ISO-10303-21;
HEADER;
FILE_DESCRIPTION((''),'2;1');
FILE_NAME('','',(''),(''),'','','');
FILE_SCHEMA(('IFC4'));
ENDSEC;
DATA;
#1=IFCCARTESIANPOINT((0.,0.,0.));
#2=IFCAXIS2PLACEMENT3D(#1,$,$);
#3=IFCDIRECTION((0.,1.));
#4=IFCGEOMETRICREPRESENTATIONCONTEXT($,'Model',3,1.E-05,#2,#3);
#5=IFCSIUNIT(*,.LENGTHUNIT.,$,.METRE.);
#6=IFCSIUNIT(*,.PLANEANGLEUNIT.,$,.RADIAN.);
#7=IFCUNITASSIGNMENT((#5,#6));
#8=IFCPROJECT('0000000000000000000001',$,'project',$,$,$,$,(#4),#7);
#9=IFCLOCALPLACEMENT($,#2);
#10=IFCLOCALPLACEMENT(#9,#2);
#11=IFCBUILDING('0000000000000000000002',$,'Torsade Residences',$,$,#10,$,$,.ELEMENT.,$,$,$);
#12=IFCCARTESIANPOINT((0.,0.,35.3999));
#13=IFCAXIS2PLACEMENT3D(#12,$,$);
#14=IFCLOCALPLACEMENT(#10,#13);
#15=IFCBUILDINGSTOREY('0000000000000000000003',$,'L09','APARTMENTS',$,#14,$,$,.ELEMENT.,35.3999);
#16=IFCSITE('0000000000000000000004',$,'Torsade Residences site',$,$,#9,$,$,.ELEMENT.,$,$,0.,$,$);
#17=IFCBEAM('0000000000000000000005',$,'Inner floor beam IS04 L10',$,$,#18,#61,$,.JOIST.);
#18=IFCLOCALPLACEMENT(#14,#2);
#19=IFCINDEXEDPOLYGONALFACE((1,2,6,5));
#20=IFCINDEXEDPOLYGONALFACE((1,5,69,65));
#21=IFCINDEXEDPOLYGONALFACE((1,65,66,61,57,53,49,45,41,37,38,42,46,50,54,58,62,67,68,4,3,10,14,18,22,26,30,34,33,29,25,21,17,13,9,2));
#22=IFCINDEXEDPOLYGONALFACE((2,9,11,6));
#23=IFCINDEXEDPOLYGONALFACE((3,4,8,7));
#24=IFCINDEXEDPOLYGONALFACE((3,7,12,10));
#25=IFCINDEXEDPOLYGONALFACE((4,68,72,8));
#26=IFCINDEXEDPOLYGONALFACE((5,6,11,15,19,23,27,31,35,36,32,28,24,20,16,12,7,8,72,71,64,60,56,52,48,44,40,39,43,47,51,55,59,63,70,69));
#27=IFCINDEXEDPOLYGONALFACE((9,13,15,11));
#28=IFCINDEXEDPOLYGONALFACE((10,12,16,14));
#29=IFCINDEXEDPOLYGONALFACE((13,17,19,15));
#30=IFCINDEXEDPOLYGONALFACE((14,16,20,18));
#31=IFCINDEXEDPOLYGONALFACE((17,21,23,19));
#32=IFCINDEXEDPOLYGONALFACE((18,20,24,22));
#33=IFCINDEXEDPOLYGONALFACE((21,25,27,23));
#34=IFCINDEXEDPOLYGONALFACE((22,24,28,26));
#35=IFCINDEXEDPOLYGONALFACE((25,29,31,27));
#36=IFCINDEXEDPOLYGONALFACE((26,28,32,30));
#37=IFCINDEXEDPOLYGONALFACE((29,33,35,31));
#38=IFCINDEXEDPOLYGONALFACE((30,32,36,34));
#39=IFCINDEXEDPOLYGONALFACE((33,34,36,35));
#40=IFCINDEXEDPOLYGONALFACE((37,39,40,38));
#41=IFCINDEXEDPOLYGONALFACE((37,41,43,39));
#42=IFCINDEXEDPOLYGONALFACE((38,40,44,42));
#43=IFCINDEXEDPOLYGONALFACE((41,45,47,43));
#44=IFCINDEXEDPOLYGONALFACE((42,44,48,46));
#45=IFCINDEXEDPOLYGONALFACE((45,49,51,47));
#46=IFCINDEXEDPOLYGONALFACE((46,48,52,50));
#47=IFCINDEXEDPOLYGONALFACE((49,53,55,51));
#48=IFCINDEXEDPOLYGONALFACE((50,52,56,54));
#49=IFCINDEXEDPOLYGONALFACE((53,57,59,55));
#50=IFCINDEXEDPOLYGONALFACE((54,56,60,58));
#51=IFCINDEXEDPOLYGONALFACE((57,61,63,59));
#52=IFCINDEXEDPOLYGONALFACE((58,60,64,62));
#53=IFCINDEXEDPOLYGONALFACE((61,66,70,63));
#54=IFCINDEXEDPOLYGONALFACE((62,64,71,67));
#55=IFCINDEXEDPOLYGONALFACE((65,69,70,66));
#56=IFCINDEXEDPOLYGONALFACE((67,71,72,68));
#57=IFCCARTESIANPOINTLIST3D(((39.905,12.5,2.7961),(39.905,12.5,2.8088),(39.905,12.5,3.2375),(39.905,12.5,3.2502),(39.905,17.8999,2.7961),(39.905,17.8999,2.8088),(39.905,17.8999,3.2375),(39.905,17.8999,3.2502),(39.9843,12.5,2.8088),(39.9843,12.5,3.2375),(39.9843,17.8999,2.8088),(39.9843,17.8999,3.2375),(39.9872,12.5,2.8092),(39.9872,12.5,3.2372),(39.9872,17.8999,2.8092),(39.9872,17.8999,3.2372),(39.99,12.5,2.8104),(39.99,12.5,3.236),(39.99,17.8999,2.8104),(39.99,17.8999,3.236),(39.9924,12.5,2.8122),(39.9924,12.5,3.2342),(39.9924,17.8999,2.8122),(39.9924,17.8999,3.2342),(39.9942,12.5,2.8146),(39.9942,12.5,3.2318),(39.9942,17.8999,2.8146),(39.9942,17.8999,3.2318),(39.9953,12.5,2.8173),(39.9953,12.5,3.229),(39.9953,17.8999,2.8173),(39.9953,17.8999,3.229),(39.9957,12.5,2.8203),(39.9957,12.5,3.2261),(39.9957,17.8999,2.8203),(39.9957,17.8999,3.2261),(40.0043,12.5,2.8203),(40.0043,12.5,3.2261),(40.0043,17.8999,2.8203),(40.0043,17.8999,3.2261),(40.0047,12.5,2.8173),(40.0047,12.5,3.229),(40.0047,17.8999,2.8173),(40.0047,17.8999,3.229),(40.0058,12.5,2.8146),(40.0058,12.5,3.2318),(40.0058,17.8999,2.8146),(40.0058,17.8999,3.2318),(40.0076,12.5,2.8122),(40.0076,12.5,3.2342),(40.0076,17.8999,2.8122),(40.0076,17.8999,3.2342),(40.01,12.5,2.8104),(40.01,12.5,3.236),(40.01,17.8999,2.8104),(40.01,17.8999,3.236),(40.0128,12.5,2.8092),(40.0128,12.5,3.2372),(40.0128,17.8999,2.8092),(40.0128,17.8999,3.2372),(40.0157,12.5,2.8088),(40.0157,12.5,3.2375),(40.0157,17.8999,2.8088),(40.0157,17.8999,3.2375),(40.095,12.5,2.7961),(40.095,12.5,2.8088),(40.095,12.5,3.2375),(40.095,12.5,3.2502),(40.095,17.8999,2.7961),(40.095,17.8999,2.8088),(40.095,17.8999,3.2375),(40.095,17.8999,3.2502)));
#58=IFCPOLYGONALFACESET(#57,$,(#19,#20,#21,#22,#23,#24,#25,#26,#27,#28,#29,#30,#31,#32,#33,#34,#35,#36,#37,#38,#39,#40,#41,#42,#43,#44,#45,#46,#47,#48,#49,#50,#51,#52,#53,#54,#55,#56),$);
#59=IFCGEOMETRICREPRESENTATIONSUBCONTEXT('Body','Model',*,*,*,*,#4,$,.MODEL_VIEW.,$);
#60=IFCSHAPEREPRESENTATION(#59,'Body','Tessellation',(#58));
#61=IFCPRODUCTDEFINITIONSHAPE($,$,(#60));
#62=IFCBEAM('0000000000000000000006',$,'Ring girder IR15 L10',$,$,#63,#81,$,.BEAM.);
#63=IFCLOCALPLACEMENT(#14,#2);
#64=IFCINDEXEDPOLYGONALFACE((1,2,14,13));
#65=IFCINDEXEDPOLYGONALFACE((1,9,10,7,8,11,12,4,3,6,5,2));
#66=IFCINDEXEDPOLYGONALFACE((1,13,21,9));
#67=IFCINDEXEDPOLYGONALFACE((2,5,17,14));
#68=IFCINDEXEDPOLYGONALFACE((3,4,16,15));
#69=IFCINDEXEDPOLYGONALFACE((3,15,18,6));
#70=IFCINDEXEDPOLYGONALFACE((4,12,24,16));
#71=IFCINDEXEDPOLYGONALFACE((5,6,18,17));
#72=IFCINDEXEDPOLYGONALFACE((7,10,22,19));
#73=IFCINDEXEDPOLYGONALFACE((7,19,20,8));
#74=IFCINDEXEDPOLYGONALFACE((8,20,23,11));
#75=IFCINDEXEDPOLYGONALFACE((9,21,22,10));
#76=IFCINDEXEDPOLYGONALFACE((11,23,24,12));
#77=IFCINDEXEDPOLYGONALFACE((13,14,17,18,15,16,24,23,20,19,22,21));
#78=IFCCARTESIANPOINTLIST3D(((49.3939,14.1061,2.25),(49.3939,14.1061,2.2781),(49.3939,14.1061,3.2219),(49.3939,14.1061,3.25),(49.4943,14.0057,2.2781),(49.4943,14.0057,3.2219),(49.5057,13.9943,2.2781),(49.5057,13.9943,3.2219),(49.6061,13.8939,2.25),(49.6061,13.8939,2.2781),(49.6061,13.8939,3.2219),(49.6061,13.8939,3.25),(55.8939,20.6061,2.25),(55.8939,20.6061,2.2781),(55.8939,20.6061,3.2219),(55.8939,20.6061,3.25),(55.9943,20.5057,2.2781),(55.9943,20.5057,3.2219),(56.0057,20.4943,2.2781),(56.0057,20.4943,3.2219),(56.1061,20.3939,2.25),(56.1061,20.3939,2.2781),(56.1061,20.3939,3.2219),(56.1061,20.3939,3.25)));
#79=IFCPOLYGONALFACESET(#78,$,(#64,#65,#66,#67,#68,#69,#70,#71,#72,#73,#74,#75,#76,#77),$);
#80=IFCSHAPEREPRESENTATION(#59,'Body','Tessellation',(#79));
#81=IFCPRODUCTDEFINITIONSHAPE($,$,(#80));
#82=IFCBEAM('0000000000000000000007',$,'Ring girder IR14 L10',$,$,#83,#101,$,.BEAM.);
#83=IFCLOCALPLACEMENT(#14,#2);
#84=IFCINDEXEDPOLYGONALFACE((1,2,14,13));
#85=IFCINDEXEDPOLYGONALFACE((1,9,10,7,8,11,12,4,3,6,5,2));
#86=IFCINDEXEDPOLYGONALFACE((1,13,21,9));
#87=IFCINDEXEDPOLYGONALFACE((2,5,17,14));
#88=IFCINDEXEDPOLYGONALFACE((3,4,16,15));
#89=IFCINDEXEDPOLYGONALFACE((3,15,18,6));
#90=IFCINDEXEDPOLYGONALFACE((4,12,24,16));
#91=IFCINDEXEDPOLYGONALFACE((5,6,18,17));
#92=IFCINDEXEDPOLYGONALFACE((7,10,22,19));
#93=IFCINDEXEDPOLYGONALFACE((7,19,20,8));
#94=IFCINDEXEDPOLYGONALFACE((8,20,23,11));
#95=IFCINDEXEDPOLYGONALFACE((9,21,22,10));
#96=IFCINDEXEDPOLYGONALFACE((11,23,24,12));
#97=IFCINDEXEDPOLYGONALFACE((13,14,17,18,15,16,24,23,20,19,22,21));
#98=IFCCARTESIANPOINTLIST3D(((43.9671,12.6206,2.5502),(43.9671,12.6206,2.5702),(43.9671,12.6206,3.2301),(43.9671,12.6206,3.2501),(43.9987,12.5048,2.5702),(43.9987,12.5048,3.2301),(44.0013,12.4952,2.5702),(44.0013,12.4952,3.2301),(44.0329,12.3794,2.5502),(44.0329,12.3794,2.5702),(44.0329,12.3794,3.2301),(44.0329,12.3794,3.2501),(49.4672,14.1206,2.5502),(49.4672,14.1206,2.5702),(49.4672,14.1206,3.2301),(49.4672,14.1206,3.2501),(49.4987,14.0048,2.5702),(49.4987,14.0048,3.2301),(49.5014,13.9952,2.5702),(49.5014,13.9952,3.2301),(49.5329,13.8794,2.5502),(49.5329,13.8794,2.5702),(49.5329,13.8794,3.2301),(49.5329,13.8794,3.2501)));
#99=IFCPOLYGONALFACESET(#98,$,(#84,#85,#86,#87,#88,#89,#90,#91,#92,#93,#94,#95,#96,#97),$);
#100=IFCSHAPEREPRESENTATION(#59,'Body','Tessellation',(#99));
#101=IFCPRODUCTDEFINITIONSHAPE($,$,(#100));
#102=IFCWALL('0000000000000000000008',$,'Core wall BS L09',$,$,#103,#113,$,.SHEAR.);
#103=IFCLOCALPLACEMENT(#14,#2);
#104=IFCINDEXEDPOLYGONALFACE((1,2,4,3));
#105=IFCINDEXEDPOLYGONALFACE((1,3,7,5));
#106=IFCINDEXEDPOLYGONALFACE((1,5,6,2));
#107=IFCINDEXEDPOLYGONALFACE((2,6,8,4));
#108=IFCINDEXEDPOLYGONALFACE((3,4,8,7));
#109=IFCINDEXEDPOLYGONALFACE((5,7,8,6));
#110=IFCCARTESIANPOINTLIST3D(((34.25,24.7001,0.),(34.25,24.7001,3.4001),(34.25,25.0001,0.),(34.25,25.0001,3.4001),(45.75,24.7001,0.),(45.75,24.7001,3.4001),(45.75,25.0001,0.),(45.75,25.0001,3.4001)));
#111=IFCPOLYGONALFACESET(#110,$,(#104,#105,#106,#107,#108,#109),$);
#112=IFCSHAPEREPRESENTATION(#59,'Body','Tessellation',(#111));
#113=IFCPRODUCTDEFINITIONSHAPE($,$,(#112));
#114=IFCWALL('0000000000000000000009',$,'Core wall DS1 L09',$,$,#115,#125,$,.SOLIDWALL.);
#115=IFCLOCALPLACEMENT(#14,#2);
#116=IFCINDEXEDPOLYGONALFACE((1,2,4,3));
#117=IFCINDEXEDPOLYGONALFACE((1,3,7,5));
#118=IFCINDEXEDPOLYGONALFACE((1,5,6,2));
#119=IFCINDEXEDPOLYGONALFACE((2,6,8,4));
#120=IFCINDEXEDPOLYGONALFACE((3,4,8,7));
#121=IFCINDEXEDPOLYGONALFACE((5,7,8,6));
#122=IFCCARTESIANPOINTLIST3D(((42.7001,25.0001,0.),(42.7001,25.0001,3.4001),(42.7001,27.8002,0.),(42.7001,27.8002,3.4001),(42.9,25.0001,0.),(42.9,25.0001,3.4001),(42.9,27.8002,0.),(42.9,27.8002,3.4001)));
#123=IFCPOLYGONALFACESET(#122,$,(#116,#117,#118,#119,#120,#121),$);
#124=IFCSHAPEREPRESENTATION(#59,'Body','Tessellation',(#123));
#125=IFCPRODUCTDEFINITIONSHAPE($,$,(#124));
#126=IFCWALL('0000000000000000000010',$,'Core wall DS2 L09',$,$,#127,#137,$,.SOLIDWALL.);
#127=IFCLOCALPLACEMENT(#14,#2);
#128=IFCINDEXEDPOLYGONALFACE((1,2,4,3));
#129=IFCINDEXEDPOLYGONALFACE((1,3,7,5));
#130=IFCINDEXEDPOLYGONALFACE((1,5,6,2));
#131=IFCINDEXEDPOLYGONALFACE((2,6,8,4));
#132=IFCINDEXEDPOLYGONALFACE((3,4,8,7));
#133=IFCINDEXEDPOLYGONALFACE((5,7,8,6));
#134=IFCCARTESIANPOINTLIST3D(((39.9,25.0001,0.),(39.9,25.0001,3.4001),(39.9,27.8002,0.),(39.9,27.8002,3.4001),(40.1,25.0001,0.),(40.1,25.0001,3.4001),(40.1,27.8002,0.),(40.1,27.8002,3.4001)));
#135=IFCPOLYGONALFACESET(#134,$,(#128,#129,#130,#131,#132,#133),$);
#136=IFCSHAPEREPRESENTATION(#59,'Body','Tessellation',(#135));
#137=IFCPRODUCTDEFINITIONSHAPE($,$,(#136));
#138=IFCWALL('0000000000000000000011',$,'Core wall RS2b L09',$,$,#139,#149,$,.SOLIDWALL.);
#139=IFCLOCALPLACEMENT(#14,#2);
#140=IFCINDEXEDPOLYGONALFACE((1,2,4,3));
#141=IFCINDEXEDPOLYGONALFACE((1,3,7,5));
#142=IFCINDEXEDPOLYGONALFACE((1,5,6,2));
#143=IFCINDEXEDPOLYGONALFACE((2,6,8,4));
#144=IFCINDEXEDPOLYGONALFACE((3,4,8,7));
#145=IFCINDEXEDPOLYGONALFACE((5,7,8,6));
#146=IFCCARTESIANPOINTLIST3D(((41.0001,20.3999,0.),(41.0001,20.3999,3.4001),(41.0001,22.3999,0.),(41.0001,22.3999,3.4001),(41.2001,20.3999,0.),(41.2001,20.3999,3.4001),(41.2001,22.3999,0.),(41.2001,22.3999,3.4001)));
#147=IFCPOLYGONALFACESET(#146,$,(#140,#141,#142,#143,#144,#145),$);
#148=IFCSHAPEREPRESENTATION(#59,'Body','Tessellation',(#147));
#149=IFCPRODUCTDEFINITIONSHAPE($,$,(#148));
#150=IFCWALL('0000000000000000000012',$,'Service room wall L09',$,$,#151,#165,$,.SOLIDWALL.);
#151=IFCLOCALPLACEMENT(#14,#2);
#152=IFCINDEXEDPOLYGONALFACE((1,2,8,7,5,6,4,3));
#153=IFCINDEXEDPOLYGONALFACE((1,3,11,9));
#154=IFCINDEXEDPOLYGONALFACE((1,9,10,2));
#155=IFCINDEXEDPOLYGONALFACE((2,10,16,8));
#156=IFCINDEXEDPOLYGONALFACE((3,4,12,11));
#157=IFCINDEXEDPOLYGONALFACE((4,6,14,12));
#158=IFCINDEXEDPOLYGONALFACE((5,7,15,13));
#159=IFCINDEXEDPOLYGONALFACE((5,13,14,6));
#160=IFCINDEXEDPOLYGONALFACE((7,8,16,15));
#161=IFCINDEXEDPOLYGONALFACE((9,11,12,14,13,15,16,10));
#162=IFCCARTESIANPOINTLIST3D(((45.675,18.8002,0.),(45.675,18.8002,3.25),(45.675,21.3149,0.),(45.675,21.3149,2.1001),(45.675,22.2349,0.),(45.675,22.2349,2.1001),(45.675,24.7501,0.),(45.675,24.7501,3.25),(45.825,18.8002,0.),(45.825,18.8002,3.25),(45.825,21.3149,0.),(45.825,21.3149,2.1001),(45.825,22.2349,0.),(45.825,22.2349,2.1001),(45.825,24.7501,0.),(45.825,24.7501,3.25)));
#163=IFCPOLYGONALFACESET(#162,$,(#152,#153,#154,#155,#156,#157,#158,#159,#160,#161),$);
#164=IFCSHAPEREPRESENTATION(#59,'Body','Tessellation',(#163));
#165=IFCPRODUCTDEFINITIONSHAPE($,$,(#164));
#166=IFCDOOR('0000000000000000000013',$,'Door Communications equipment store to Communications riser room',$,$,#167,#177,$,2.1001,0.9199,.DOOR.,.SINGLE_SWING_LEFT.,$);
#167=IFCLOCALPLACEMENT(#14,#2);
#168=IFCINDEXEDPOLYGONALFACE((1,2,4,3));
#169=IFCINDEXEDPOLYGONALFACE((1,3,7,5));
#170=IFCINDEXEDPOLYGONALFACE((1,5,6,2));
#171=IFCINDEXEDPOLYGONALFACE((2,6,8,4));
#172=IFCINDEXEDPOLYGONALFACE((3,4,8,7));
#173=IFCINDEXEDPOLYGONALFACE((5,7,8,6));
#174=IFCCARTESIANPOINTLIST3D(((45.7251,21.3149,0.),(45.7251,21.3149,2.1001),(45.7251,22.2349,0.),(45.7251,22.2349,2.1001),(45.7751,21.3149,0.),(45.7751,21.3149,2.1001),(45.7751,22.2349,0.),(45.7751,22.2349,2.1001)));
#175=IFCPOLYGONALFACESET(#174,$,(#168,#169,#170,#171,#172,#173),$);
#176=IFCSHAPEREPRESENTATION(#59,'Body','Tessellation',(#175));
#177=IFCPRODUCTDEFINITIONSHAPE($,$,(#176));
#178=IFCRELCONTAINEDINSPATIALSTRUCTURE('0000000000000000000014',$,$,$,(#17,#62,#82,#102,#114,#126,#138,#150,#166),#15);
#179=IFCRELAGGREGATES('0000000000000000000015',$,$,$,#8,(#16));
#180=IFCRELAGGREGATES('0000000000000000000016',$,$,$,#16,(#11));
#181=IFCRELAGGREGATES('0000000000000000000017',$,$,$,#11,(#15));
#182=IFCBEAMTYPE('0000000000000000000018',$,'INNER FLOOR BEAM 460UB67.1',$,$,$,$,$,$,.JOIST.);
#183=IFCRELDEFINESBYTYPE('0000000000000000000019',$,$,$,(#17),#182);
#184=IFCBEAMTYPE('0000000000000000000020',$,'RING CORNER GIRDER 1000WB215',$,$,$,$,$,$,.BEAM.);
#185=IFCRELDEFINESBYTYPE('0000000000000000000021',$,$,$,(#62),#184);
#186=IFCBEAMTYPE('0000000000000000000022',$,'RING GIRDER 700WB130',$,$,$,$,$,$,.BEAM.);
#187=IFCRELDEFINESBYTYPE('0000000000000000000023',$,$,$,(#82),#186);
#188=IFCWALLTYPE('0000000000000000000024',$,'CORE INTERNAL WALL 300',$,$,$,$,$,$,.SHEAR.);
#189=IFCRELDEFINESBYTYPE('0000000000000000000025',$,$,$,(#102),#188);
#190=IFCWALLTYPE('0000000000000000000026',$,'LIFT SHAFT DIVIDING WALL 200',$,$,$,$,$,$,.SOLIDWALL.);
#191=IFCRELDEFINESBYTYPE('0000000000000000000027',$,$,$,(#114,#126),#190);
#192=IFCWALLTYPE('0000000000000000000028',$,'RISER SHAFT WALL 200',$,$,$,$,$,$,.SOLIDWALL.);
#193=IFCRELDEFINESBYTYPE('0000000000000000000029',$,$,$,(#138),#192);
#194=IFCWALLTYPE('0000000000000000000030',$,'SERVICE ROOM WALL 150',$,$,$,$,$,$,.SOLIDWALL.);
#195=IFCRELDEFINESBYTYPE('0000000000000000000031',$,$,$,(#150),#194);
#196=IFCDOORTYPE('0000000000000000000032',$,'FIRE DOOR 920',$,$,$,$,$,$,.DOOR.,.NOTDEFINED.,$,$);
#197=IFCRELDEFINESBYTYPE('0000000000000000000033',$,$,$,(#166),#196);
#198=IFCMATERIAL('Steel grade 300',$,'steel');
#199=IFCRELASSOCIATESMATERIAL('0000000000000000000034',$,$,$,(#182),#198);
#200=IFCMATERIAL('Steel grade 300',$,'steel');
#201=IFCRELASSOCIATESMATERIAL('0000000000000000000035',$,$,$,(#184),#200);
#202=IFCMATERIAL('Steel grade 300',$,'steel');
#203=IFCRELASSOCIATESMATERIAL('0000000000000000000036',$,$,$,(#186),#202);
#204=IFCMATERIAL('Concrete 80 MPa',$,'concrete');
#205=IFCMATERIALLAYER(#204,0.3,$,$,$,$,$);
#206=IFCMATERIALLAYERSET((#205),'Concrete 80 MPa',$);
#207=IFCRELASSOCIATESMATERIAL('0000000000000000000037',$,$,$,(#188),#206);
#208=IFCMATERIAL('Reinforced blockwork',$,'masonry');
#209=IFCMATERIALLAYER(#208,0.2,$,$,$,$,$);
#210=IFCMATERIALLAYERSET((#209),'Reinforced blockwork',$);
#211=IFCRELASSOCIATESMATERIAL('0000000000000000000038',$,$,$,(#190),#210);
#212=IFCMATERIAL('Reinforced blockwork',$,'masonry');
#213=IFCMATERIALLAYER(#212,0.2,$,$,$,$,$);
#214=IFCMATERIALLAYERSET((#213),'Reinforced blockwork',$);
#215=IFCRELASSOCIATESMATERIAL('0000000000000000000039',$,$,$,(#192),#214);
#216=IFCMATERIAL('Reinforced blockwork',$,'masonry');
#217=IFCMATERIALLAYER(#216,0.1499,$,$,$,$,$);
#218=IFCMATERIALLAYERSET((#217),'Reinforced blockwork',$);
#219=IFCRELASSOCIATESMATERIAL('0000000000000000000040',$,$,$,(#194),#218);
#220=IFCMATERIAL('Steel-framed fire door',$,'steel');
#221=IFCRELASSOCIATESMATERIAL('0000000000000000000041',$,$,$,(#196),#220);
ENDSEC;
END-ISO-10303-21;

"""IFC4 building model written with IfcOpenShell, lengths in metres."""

from ifc_helpers import new_model, si_unit, direction, frame, frame_2d, origin, origin_2d, place, context, subcontext, project, spatial, rectangle, i_section, extrude, material, layer, layer_set, material_profile, profile_set, type_object, element, fill, save


model = new_model("IFC4")

# Units and contexts
model_context = context("Model", 3, precision=1e-05, world=origin(), true_north=direction((0.0, 1.0)))
body_context = subcontext(model_context, "Body", "Model", "MODEL_VIEW")
ifc_project = project(units=[si_unit("LENGTHUNIT", "METRE"), si_unit("PLANEANGLEUNIT", "RADIAN")], contexts=[model_context])

# Site, building, storey
site_placement = place(None, origin())
site = spatial("IfcSite", under=ifc_project, at=site_placement, Name="Torsade Residences site", CompositionType="ELEMENT", RefElevation=0.0)
building_placement = place(site_placement, origin())
building = spatial("IfcBuilding", under=site, at=building_placement, Name="Torsade Residences", CompositionType="ELEMENT")
storey_placement = place(building_placement, frame((0.0, 0.0, 35.3999)))
storey = spatial("IfcBuildingStorey", under=building, at=storey_placement, Name="L09", Description="APARTMENTS", CompositionType="ELEMENT", Elevation=35.3999)

# Beams
ifc_material_1 = material(Name="Steel grade 300", Category="steel")
ifc_material_profile_1 = material_profile(ifc_material_1, i_section(OverallWidth=0.1899, OverallDepth=0.4541, WebThickness=0.0085, FlangeThickness=0.0127, FilletRadius=0.0115, at=origin_2d()), Name="460UB67.1")
ifc_profile_set_1 = profile_set([ifc_material_profile_1], Name="Steel grade 300")
beam_type_1 = type_object("IfcBeamType", Name="INNER FLOOR BEAM 460UB67.1", PredefinedType="JOIST", material=ifc_profile_set_1)
for number, where, z_axis, x_axis, name in (
    (1, (40.0, 17.8999, 3.0232), (0.0, -1.0, 0.0), (1.0, 0.0, 0.0), "Inner floor beam IS04 L10"),
):
    element("IfcBeam", number, at=place(storey_placement, frame(where, z_axis=z_axis, x_axis=x_axis)), inside=storey, type_object=beam_type_1, Name=name, PredefinedType="JOIST", context=body_context, shape_type="SweptSolid", body=[
        extrude(i_section(OverallWidth=0.1899, OverallDepth=0.4541, WebThickness=0.0085, FlangeThickness=0.0127, FilletRadius=0.0115, at=origin_2d()), origin(), (0.0, 0.0, 1.0), 5.3999),
    ])
ifc_material_2 = material(Name="Steel grade 300", Category="steel")
ifc_material_profile_2 = material_profile(ifc_material_2, i_section(OverallWidth=0.3, OverallDepth=1.0, WebThickness=0.0161, FlangeThickness=0.0281, at=origin_2d()), Name="1000WB215")
ifc_profile_set_2 = profile_set([ifc_material_profile_2], Name="Steel grade 300")
beam_type_2 = type_object("IfcBeamType", Name="RING CORNER GIRDER 1000WB215", PredefinedType="BEAM", material=ifc_profile_set_2)
beam_1_placement = place(storey_placement, frame((49.5, 14.0, 2.75), z_axis=(0.707107, 0.707107, 0.0), x_axis=(-0.707107, 0.707107, 0.0)))
element("IfcBeam", 2, at=beam_1_placement, inside=storey, type_object=beam_type_2, Name="Ring girder IR15 L10", PredefinedType="BEAM", context=body_context, shape_type="SweptSolid", body=[
    extrude(i_section(OverallWidth=0.3, OverallDepth=1.0, WebThickness=0.0161, FlangeThickness=0.0281, at=origin_2d()), origin(), (0.0, 0.0, 1.0), 9.1924),
])
ifc_material_3 = material(Name="Steel grade 300", Category="steel")
ifc_material_profile_3 = material_profile(ifc_material_3, i_section(OverallWidth=0.25, OverallDepth=0.7, WebThickness=0.01, FlangeThickness=0.02, at=origin_2d()), Name="700WB130")
ifc_profile_set_3 = profile_set([ifc_material_profile_3], Name="Steel grade 300")
beam_type_3 = type_object("IfcBeamType", Name="RING GIRDER 700WB130", PredefinedType="BEAM", material=ifc_profile_set_3)
beam_2_placement = place(storey_placement, frame((44.0, 12.5, 2.9001), z_axis=(0.964764, 0.263117, 0.0), x_axis=(-0.263117, 0.964764, 0.0)))
element("IfcBeam", 3, at=beam_2_placement, inside=storey, type_object=beam_type_3, Name="Ring girder IR14 L10", PredefinedType="BEAM", context=body_context, shape_type="SweptSolid", body=[
    extrude(i_section(OverallWidth=0.25, OverallDepth=0.7, WebThickness=0.01, FlangeThickness=0.02, at=origin_2d()), origin(), (0.0, 0.0, 1.0), 5.7009),
])

# Walls
ifc_material_4 = material(Name="Concrete 80 MPa", Category="concrete")
ifc_layer_1 = layer(ifc_material_4, 0.3)
ifc_layer_set_1 = layer_set([ifc_layer_1], Name="Concrete 80 MPa")
wall_type_1 = type_object("IfcWallType", Name="CORE INTERNAL WALL 300", PredefinedType="SHEAR", material=ifc_layer_set_1)
wall_1_placement = place(storey_placement, frame((45.75, 24.8501, 0.0), z_axis=(0.0, 0.0, 1.0), x_axis=(-1.0, 0.0, 0.0)))
element("IfcWall", 4, at=wall_1_placement, inside=storey, type_object=wall_type_1, Name="Core wall BS L09", PredefinedType="SHEAR", context=body_context, shape_type="SweptSolid", body=[
    extrude(rectangle(XDim=11.5, YDim=0.3, at=frame_2d((5.75, 0.0))), origin(), (0.0, 0.0, 1.0), 3.4001),
])
ifc_material_5 = material(Name="Reinforced blockwork", Category="masonry")
ifc_layer_2 = layer(ifc_material_5, 0.2)
ifc_layer_set_2 = layer_set([ifc_layer_2], Name="Reinforced blockwork")
wall_type_2 = type_object("IfcWallType", Name="LIFT SHAFT DIVIDING WALL 200", PredefinedType="SOLIDWALL", material=ifc_layer_set_2)
for number, where, z_axis, x_axis, name in (
    (5, (42.8, 27.8, 0.0), (0.0, 0.0, 1.0), (0.0, -1.0, 0.0), "Core wall DS1 L09"),
    (6, (40.0, 27.8, 0.0), (0.0, 0.0, 1.0), (0.0, -1.0, 0.0), "Core wall DS2 L09"),
):
    element("IfcWall", number, at=place(storey_placement, frame(where, z_axis=z_axis, x_axis=x_axis)), inside=storey, type_object=wall_type_2, Name=name, PredefinedType="SOLIDWALL", context=body_context, shape_type="SweptSolid", body=[
        extrude(rectangle(XDim=2.8, YDim=0.2, at=frame_2d((1.3999, 0.0))), origin(), (0.0, 0.0, 1.0), 3.4001),
    ])
ifc_material_6 = material(Name="Reinforced blockwork", Category="masonry")
ifc_layer_3 = layer(ifc_material_6, 0.2)
ifc_layer_set_3 = layer_set([ifc_layer_3], Name="Reinforced blockwork")
wall_type_3 = type_object("IfcWallType", Name="RISER SHAFT WALL 200", PredefinedType="SOLIDWALL", material=ifc_layer_set_3)
wall_2_placement = place(storey_placement, frame((41.1001, 22.3999, 0.0), z_axis=(0.0, 0.0, 1.0), x_axis=(0.0, -1.0, 0.0)))
element("IfcWall", 7, at=wall_2_placement, inside=storey, type_object=wall_type_3, Name="Core wall RS2b L09", PredefinedType="SOLIDWALL", context=body_context, shape_type="SweptSolid", body=[
    extrude(rectangle(XDim=2.0, YDim=0.2, at=frame_2d((1.0, 0.0))), origin(), (0.0, 0.0, 1.0), 3.4001),
])

# Wall, opening, door
ifc_material_7 = material(Name="Reinforced blockwork", Category="masonry")
ifc_layer_4 = layer(ifc_material_7, 0.1499)
ifc_layer_set_4 = layer_set([ifc_layer_4], Name="Reinforced blockwork")
wall_type_4 = type_object("IfcWallType", Name="SERVICE ROOM WALL 150", PredefinedType="SOLIDWALL", material=ifc_layer_set_4)
wall_3_placement = place(storey_placement, frame((45.75, 18.8, 0.0), z_axis=(0.0, 0.0, 1.0), x_axis=(0.0, 1.0, 0.0)))
wall_3 = element("IfcWall", 8, at=wall_3_placement, inside=storey, type_object=wall_type_4, Name="Service room wall L09", PredefinedType="SOLIDWALL", context=body_context, shape_type="SweptSolid", body=[
    extrude(rectangle(XDim=5.95, YDim=0.1499, at=frame_2d((2.9751, 0.0))), origin(), (0.0, 0.0, 1.0), 3.25),
])
opening_placement = place(wall_3_placement, frame((2.5149, 0.0, 0.0)))
opening = element("IfcOpeningElement", 9, at=opening_placement, cuts=wall_3, PredefinedType="OPENING", context=body_context, shape_type="SweptSolid", body=[
    extrude(rectangle(XDim=0.9199, YDim=2.1001, at=frame_2d((0.46, 1.05))), frame((0.0, 0.085, 0.0), z_axis=(0.0, -1.0, 0.0), x_axis=(1.0, 0.0, 0.0)), (0.0, 0.0, 1.0), 0.1699),
])
ifc_material_8 = material(Name="Steel-framed fire door", Category="steel")
door_type = type_object("IfcDoorType", Name="FIRE DOOR 920", OperationType="NOTDEFINED", PredefinedType="DOOR", material=ifc_material_8)
door_placement = place(opening_placement, origin())
door = element("IfcDoor", 10, at=door_placement, inside=storey, type_object=door_type, Name="Door Communications equipment store to Communications riser room", OperationType="SINGLE_SWING_LEFT", OverallHeight=2.1001, OverallWidth=0.9199, PredefinedType="DOOR", context=body_context, shape_type="SweptSolid", body=[
    extrude(rectangle(XDim=0.9199, YDim=2.1001, at=frame_2d((0.46, 1.05))), frame((0.0, 0.0249, 0.0), z_axis=(0.0, -1.0, 0.0), x_axis=(1.0, 0.0, 0.0)), (0.0, 0.0, 1.0), 0.05),
])
fill(opening, door)

save(model, "model.ifc")
